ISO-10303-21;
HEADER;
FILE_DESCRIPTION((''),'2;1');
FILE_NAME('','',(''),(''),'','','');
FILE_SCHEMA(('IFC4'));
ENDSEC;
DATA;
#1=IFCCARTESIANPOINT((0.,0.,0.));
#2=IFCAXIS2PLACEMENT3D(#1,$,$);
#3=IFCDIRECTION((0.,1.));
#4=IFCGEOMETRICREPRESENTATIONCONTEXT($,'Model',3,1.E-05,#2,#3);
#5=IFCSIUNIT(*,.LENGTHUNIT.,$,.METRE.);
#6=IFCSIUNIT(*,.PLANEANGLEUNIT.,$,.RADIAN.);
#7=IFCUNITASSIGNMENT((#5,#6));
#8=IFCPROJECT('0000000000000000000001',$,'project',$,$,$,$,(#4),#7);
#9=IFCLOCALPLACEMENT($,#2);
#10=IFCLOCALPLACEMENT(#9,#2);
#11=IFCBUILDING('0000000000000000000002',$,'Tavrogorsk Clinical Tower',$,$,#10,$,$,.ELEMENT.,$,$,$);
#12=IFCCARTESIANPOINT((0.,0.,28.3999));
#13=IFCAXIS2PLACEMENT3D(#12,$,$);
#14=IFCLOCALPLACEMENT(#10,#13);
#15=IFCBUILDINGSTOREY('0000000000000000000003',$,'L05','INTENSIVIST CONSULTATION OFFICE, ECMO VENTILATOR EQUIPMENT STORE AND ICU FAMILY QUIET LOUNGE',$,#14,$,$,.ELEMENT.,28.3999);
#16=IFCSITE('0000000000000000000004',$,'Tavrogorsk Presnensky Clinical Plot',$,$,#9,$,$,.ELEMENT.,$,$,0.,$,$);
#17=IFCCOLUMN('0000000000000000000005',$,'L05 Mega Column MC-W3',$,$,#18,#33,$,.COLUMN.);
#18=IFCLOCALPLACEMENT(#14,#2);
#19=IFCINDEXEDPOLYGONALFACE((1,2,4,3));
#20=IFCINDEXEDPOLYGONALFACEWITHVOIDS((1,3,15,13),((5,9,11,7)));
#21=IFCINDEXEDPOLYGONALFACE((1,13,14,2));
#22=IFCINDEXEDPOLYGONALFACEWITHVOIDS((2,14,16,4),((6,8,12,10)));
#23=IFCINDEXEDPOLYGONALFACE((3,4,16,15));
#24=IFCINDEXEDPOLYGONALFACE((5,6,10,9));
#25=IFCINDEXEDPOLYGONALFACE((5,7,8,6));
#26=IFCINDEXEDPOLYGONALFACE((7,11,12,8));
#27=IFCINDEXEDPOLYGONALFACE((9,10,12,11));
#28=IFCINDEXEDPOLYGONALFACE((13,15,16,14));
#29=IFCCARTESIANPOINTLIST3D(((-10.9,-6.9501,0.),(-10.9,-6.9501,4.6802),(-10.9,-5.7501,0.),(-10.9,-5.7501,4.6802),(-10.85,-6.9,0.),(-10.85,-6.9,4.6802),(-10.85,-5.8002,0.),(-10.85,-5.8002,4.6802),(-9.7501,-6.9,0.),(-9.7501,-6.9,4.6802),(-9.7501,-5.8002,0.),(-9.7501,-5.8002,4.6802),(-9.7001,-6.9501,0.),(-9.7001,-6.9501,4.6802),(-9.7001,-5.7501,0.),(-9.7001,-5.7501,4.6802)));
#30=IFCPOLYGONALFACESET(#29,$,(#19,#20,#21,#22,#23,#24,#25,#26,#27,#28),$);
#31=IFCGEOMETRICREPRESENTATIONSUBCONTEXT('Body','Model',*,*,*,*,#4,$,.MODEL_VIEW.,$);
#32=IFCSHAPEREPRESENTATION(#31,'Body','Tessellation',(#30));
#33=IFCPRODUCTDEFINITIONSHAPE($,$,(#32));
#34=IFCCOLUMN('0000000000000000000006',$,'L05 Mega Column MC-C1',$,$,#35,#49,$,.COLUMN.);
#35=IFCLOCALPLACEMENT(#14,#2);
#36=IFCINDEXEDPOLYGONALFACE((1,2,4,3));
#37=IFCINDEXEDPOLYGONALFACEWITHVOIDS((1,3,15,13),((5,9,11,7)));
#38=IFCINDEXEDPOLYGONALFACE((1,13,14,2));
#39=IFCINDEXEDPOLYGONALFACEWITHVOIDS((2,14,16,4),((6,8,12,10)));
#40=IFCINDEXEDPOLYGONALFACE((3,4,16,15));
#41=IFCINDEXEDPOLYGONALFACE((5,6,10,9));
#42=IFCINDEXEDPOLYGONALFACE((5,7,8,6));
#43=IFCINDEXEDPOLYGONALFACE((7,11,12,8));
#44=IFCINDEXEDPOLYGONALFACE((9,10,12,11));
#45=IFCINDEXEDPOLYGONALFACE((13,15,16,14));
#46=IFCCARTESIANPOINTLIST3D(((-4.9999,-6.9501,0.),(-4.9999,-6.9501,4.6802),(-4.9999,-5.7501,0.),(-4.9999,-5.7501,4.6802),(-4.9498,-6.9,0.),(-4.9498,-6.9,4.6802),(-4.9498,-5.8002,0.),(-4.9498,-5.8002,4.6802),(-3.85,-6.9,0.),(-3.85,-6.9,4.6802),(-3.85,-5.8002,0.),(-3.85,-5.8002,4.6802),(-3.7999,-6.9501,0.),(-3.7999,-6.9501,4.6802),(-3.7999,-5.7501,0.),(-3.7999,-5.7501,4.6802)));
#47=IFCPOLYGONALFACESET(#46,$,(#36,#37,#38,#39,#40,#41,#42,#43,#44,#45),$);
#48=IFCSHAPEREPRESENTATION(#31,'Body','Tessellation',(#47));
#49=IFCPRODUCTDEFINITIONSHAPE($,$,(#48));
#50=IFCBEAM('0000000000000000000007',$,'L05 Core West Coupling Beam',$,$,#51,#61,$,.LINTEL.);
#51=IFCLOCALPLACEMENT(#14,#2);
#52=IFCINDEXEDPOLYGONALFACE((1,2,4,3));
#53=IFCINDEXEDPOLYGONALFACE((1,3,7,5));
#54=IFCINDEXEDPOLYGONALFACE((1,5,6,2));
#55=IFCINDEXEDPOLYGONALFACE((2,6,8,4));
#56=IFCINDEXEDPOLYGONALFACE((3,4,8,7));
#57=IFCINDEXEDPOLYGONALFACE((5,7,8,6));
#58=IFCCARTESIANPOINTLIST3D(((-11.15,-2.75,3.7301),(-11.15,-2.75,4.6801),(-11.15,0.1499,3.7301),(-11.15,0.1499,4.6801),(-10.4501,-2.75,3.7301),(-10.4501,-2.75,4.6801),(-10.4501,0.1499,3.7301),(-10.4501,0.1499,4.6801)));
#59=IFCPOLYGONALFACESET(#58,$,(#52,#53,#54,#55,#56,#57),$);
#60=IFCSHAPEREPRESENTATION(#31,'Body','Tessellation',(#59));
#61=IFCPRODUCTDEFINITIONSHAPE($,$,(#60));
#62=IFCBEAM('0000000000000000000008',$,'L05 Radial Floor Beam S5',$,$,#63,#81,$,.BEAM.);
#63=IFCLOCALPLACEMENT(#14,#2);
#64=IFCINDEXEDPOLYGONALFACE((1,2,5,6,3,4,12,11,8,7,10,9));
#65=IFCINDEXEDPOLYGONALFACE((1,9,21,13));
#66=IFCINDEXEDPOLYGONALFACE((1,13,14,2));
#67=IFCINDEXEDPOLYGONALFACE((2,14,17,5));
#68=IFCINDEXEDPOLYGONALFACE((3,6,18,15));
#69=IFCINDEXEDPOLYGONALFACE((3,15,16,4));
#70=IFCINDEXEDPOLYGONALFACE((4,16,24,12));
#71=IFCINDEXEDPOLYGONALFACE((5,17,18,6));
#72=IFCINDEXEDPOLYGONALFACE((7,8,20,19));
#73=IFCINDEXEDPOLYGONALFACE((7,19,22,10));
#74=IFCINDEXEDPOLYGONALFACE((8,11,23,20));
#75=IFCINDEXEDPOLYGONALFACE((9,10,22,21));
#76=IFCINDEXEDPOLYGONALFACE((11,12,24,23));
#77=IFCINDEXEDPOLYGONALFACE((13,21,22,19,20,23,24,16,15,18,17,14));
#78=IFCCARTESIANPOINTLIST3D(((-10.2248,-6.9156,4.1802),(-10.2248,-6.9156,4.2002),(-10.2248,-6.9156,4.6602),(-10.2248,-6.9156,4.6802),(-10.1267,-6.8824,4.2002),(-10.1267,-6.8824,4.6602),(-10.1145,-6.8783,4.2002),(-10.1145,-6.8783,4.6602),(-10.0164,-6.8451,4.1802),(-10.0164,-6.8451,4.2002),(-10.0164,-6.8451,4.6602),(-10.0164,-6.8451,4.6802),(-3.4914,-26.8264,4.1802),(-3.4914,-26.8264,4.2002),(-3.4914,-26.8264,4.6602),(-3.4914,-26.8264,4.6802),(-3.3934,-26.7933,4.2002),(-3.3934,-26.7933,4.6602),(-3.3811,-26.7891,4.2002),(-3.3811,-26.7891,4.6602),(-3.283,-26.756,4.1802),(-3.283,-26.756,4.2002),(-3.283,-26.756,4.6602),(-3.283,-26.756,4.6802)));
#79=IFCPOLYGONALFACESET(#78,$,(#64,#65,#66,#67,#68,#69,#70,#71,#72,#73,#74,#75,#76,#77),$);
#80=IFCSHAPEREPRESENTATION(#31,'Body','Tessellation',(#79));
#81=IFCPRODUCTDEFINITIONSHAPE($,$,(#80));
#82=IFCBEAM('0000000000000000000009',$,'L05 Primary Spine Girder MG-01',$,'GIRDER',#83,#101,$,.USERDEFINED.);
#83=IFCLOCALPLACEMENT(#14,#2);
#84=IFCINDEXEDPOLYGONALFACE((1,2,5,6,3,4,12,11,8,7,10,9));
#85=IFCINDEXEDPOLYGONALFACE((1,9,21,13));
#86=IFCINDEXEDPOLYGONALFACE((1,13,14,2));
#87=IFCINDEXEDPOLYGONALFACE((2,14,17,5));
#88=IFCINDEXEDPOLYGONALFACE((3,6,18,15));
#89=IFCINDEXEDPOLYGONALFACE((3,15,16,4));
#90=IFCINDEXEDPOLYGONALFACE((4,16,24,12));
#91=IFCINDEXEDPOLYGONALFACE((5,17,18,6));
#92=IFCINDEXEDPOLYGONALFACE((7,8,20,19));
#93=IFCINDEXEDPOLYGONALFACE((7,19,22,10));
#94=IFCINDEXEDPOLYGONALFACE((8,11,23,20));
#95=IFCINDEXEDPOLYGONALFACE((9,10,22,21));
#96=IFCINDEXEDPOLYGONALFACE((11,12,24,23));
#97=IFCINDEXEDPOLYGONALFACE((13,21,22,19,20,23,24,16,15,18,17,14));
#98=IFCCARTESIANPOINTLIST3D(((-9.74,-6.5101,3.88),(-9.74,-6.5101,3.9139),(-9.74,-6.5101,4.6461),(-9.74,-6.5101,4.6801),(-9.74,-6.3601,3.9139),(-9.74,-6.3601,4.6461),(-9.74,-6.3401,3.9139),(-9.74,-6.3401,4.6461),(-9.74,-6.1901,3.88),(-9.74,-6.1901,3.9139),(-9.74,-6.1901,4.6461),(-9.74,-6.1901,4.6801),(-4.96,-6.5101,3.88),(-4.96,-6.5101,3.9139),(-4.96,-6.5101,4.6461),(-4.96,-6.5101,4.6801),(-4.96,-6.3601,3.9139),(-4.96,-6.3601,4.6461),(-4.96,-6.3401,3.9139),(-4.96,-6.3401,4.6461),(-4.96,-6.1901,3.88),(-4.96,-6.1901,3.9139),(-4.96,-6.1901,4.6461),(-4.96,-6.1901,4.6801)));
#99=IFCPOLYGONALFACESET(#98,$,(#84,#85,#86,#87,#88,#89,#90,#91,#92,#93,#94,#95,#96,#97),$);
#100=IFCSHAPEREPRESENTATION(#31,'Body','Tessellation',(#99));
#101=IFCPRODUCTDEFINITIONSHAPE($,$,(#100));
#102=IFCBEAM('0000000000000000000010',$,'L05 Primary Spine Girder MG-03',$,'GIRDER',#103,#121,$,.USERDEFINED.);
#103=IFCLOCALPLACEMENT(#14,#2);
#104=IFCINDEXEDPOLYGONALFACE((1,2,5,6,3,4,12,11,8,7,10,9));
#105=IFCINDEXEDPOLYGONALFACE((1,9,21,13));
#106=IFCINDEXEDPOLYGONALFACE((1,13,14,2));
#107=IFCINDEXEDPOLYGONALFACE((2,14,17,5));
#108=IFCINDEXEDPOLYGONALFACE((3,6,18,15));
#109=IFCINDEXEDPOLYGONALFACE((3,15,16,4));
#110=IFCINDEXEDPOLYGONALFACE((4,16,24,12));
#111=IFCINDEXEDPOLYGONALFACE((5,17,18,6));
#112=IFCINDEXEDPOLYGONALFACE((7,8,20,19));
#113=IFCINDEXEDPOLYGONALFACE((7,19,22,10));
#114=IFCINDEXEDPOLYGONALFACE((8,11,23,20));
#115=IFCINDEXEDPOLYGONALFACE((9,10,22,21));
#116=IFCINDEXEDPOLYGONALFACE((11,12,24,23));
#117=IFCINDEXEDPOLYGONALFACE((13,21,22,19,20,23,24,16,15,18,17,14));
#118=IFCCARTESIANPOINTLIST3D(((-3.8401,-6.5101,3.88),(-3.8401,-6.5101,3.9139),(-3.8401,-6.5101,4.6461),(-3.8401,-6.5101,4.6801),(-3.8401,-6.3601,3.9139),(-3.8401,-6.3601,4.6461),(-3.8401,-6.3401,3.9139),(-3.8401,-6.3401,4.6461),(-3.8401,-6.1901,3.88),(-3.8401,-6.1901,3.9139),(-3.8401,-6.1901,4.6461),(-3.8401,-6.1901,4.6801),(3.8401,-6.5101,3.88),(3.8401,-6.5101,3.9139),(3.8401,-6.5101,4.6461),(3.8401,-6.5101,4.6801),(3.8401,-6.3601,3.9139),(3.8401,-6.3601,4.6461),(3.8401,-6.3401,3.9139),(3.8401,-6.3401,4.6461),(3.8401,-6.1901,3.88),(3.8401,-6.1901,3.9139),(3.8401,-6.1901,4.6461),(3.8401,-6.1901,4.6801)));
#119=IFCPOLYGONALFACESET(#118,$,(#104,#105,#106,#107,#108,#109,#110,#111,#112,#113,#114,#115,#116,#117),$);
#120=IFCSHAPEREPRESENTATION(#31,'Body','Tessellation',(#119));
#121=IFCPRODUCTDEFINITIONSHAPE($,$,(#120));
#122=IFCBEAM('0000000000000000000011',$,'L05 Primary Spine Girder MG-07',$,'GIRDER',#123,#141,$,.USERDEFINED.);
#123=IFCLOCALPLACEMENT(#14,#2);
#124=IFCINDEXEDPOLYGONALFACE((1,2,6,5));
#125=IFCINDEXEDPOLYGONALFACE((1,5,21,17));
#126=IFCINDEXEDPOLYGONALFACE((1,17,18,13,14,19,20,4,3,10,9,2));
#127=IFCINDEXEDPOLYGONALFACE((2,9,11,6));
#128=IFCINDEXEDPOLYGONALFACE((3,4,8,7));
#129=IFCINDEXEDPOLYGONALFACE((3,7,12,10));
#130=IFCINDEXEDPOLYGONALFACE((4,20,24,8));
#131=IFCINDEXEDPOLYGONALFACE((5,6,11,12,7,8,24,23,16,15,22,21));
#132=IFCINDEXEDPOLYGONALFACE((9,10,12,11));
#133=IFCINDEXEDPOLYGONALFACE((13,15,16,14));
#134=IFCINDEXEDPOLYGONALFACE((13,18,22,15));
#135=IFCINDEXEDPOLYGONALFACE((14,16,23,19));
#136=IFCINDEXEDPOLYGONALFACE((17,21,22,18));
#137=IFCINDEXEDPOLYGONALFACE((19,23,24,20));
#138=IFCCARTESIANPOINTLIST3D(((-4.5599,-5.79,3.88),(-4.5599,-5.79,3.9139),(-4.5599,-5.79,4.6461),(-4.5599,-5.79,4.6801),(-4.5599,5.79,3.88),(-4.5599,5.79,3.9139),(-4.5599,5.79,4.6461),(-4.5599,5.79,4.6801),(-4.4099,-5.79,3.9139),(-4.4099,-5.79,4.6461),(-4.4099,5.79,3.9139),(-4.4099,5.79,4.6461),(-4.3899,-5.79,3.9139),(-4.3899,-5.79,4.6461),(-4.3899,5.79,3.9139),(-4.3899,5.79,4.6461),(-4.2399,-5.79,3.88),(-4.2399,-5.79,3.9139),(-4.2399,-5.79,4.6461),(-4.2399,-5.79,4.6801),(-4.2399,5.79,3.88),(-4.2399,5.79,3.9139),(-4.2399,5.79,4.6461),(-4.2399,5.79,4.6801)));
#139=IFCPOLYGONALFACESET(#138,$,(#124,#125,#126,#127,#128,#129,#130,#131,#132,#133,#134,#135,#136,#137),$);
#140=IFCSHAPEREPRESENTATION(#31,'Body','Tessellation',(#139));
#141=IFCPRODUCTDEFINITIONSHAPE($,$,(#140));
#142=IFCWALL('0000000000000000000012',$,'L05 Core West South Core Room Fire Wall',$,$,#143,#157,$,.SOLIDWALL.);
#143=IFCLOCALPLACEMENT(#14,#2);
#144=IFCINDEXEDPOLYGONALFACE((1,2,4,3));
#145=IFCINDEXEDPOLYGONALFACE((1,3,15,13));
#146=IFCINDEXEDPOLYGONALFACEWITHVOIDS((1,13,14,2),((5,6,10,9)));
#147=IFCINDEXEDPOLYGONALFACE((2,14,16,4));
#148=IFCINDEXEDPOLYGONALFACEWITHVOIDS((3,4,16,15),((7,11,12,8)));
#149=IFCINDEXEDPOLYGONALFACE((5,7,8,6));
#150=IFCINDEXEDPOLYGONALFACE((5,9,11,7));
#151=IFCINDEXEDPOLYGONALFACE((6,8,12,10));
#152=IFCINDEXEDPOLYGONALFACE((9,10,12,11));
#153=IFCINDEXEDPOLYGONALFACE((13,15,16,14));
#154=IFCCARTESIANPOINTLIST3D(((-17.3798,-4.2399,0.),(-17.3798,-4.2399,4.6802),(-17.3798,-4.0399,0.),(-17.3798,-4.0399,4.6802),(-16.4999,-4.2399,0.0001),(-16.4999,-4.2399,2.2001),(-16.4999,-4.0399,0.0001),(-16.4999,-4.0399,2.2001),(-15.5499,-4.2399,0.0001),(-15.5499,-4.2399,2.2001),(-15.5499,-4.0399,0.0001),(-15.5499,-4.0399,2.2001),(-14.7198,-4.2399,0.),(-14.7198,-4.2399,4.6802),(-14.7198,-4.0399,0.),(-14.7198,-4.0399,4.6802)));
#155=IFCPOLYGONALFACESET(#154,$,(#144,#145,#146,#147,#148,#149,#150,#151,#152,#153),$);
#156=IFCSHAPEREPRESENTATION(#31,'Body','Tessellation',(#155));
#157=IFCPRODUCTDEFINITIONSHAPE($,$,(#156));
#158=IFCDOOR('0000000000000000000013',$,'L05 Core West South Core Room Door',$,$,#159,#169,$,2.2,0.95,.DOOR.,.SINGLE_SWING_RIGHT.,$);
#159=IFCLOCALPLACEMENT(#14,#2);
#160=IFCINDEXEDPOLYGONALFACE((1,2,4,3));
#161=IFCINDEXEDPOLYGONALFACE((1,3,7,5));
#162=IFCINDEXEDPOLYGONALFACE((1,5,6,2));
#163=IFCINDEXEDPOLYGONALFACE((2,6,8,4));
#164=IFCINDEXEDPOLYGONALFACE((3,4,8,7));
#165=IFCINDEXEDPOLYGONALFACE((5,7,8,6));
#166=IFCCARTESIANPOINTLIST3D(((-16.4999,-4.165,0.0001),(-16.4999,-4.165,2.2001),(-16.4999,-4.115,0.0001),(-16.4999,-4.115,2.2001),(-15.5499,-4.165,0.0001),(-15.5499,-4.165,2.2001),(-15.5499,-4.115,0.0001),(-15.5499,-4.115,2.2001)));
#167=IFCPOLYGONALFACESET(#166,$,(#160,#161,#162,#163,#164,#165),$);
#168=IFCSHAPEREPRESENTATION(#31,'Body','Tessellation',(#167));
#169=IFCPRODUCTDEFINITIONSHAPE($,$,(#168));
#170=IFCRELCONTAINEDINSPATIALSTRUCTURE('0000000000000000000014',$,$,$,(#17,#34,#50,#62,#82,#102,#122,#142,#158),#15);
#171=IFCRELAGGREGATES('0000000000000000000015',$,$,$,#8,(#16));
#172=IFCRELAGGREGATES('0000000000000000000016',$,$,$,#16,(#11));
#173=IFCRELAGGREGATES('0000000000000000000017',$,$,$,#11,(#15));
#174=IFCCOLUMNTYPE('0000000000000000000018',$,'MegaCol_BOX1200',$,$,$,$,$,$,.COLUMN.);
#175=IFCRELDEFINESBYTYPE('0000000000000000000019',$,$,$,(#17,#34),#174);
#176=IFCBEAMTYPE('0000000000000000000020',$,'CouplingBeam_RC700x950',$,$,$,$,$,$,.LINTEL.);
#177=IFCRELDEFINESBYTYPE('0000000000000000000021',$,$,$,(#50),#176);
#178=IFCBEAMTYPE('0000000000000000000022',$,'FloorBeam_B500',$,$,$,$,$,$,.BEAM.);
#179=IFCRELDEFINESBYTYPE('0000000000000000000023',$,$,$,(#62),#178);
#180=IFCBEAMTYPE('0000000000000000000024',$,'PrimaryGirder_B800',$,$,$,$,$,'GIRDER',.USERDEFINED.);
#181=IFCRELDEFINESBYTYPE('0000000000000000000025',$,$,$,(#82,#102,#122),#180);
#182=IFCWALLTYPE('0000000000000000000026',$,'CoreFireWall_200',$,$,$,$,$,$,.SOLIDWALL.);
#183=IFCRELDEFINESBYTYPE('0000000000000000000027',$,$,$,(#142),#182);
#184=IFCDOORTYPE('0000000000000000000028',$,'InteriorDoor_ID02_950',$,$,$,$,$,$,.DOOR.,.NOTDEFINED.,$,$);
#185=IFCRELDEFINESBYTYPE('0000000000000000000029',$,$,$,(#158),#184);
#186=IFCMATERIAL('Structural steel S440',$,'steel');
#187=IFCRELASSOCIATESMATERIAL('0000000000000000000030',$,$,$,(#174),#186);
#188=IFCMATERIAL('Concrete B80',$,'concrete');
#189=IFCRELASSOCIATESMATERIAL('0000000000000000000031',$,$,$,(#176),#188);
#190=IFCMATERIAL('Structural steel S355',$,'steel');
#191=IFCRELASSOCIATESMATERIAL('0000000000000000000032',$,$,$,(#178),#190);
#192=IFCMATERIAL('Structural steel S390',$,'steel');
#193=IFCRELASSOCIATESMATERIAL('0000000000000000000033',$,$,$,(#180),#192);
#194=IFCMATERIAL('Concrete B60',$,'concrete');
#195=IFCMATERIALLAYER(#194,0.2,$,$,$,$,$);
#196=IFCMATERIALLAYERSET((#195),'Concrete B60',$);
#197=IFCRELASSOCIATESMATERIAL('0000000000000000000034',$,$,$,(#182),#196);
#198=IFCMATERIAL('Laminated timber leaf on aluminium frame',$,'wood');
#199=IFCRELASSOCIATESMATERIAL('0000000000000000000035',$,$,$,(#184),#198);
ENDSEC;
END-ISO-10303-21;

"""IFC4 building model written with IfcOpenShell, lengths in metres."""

from ifc_helpers import new_model, si_unit, direction, frame, frame_2d, origin, origin_2d, place, context, subcontext, project, spatial, rectangle, hollow_rectangle, i_section, extrude, material, layer, layer_set, material_profile, profile_set, type_object, element, fill, save


model = new_model("IFC4")

# Units and contexts
model_context = context("Model", 3, precision=1e-05, world=origin(), true_north=direction((0.0, 1.0)))
body_context = subcontext(model_context, "Body", "Model", "MODEL_VIEW")
ifc_project = project(units=[si_unit("LENGTHUNIT", "METRE"), si_unit("PLANEANGLEUNIT", "RADIAN")], contexts=[model_context])

# Site, building, storey
site_placement = place(None, origin())
site = spatial("IfcSite", under=ifc_project, at=site_placement, Name="Tavrogorsk Presnensky Clinical Plot", CompositionType="ELEMENT", RefElevation=0.0)
building_placement = place(site_placement, origin())
building = spatial("IfcBuilding", under=site, at=building_placement, Name="Tavrogorsk Clinical Tower", CompositionType="ELEMENT")
storey_placement = place(building_placement, frame((0.0, 0.0, 28.3999)))
storey = spatial("IfcBuildingStorey", under=building, at=storey_placement, Name="L05", Description="INTENSIVIST CONSULTATION OFFICE, ECMO VENTILATOR EQUIPMENT STORE AND ICU FAMILY QUIET LOUNGE", CompositionType="ELEMENT", Elevation=28.3999)

# Columns
ifc_material_1 = material(Name="Structural steel S440", Category="steel")
ifc_material_profile_1 = material_profile(ifc_material_1, hollow_rectangle(XDim=1.2, YDim=1.2, WallThickness=0.05, at=origin_2d()), Name="BOX-1200x1200x50")
ifc_profile_set_1 = profile_set([ifc_material_profile_1], Name="Structural steel S440")
column_type = type_object("IfcColumnType", Name="MegaCol_BOX1200", PredefinedType="COLUMN", material=ifc_profile_set_1)
for number, where, z_axis, x_axis, name in (
    (1, (-10.3, -6.3501, 0.0), (0.0, 0.0, 1.0), (1.0, 0.0, 0.0), "L05 Mega Column MC-W3"),
    (2, (-4.3999, -6.3501, 0.0), (0.0, 0.0, 1.0), (1.0, 0.0, 0.0), "L05 Mega Column MC-C1"),
):
    element("IfcColumn", number, at=place(storey_placement, frame(where, z_axis=z_axis, x_axis=x_axis)), inside=storey, type_object=column_type, Name=name, PredefinedType="COLUMN", context=body_context, shape_type="SweptSolid", body=[
        extrude(hollow_rectangle(XDim=1.2, YDim=1.2, WallThickness=0.05, at=origin_2d()), origin(), (0.0, 0.0, 1.0), 4.6802),
    ])

# Beams
ifc_material_2 = material(Name="Concrete B80", Category="concrete")
ifc_material_profile_2 = material_profile(ifc_material_2, rectangle(XDim=0.7, YDim=0.95, at=origin_2d()), Name="RC-CB-700x950")
ifc_profile_set_2 = profile_set([ifc_material_profile_2], Name="Concrete B80")
beam_type_1 = type_object("IfcBeamType", Name="CouplingBeam_RC700x950", PredefinedType="LINTEL", material=ifc_profile_set_2)
beam_1_placement = place(storey_placement, frame((-10.8, -2.75, 4.2051), z_axis=(0.0, 1.0, 0.0), x_axis=(-1.0, 0.0, 0.0)))
element("IfcBeam", 3, at=beam_1_placement, inside=storey, type_object=beam_type_1, Name="L05 Core West Coupling Beam", PredefinedType="LINTEL", context=body_context, shape_type="SweptSolid", body=[
    extrude(rectangle(XDim=0.7, YDim=0.95, at=origin_2d()), origin(), (0.0, 0.0, 1.0), 2.8999),
])
ifc_material_3 = material(Name="Structural steel S355", Category="steel")
ifc_material_profile_3 = material_profile(ifc_material_3, i_section(OverallWidth=0.22, OverallDepth=0.5, WebThickness=0.0129, FlangeThickness=0.02, at=origin_2d()), Name="B-500x220x13x20")
ifc_profile_set_3 = profile_set([ifc_material_profile_3], Name="Structural steel S355")
beam_type_2 = type_object("IfcBeamType", Name="FloorBeam_B500", PredefinedType="BEAM", material=ifc_profile_set_3)
beam_2_placement = place(storey_placement, frame((-10.1206, -6.8804, 4.4302), z_axis=(0.320354, -0.947298, 0.0), x_axis=(0.947298, 0.320354, 0.0)))
element("IfcBeam", 4, at=beam_2_placement, inside=storey, type_object=beam_type_2, Name="L05 Radial Floor Beam S5", PredefinedType="BEAM", context=body_context, shape_type="SweptSolid", body=[
    extrude(i_section(OverallWidth=0.22, OverallDepth=0.5, WebThickness=0.0129, FlangeThickness=0.02, at=origin_2d()), origin(), (0.0, 0.0, 1.0), 21.0186),
])
ifc_material_4 = material(Name="Structural steel S390", Category="steel")
ifc_material_profile_4 = material_profile(ifc_material_4, i_section(OverallWidth=0.3201, OverallDepth=0.8, WebThickness=0.02, FlangeThickness=0.0339, at=origin_2d()), Name="B-800x320x20x34")
ifc_profile_set_4 = profile_set([ifc_material_profile_4], Name="Structural steel S390")
beam_type_3 = type_object("IfcBeamType", Name="PrimaryGirder_B800", ElementType="GIRDER", PredefinedType="USERDEFINED", material=ifc_profile_set_4)
beam_3_placement = place(storey_placement, frame((-9.74, -6.3501, 4.28), z_axis=(1.0, 0.0, 0.0), x_axis=(0.0, 1.0, 0.0)))
element("IfcBeam", 5, at=beam_3_placement, inside=storey, type_object=beam_type_3, Name="L05 Primary Spine Girder MG-01", ObjectType="GIRDER", PredefinedType="USERDEFINED", context=body_context, shape_type="SweptSolid", body=[
    extrude(i_section(OverallWidth=0.3201, OverallDepth=0.8, WebThickness=0.02, FlangeThickness=0.0339, at=origin_2d()), origin(), (0.0, 0.0, 1.0), 4.78),
])
beam_4_placement = place(storey_placement, frame((-3.8401, -6.3501, 4.28), z_axis=(1.0, 0.0, 0.0), x_axis=(0.0, 1.0, 0.0)))
element("IfcBeam", 6, at=beam_4_placement, inside=storey, type_object=beam_type_3, Name="L05 Primary Spine Girder MG-03", ObjectType="GIRDER", PredefinedType="USERDEFINED", context=body_context, shape_type="SweptSolid", body=[
    extrude(i_section(OverallWidth=0.3201, OverallDepth=0.8, WebThickness=0.02, FlangeThickness=0.0339, at=origin_2d()), origin(), (0.0, 0.0, 1.0), 7.6802),
])
beam_5_placement = place(storey_placement, frame((-4.3999, -5.79, 4.28), z_axis=(0.0, 1.0, 0.0), x_axis=(-1.0, 0.0, 0.0)))
element("IfcBeam", 7, at=beam_5_placement, inside=storey, type_object=beam_type_3, Name="L05 Primary Spine Girder MG-07", ObjectType="GIRDER", PredefinedType="USERDEFINED", context=body_context, shape_type="SweptSolid", body=[
    extrude(i_section(OverallWidth=0.3201, OverallDepth=0.8, WebThickness=0.02, FlangeThickness=0.0339, at=origin_2d()), origin(), (0.0, 0.0, 1.0), 11.5801),
])

# Wall, opening, door
ifc_material_5 = material(Name="Concrete B60", Category="concrete")
ifc_layer_1 = layer(ifc_material_5, 0.2)
ifc_layer_set_1 = layer_set([ifc_layer_1], Name="Concrete B60")
wall_type_1 = type_object("IfcWallType", Name="CoreFireWall_200", PredefinedType="SOLIDWALL", material=ifc_layer_set_1)
wall_1_placement = place(storey_placement, frame((-17.3799, -4.1399, 0.0), z_axis=(0.0, 0.0, 1.0), x_axis=(1.0, 0.0, 0.0)))
wall_1 = element("IfcWall", 8, at=wall_1_placement, inside=storey, type_object=wall_type_1, Name="L05 Core West South Core Room Fire Wall", PredefinedType="SOLIDWALL", context=body_context, shape_type="SweptSolid", body=[
    extrude(rectangle(XDim=2.6599, YDim=0.2, at=frame_2d((1.3301, 0.0))), origin(), (0.0, 0.0, 1.0), 4.6802),
])
opening_1_placement = place(wall_1_placement, frame((0.8799, 0.0, 0.0)))
opening_1 = element("IfcOpeningElement", 9, at=opening_1_placement, cuts=wall_1, PredefinedType="OPENING", context=body_context, shape_type="SweptSolid", body=[
    extrude(rectangle(XDim=0.95, YDim=2.2, at=frame_2d((0.4751, 1.1001))), frame((0.0, 0.1099, 0.0), z_axis=(0.0, -1.0, 0.0), x_axis=(1.0, 0.0, 0.0)), (0.0, 0.0, 1.0), 0.22),
])
ifc_material_6 = material(Name="Laminated timber leaf on aluminium frame", Category="wood")
door_type_1 = type_object("IfcDoorType", Name="InteriorDoor_ID02_950", OperationType="NOTDEFINED", PredefinedType="DOOR", material=ifc_material_6)
door_1_placement = place(opening_1_placement, origin())
door_1 = element("IfcDoor", 10, at=door_1_placement, inside=storey, type_object=door_type_1, Name="L05 Core West South Core Room Door", OperationType="SINGLE_SWING_RIGHT", OverallHeight=2.2, OverallWidth=0.95, PredefinedType="DOOR", context=body_context, shape_type="SweptSolid", body=[
    extrude(rectangle(XDim=0.95, YDim=2.2, at=frame_2d((0.4751, 1.1001))), frame((0.0, 0.0249, 0.0), z_axis=(0.0, -1.0, 0.0), x_axis=(1.0, 0.0, 0.0)), (0.0, 0.0, 1.0), 0.05),
])
fill(opening_1, door_1)

save(model, "model.ifc")
